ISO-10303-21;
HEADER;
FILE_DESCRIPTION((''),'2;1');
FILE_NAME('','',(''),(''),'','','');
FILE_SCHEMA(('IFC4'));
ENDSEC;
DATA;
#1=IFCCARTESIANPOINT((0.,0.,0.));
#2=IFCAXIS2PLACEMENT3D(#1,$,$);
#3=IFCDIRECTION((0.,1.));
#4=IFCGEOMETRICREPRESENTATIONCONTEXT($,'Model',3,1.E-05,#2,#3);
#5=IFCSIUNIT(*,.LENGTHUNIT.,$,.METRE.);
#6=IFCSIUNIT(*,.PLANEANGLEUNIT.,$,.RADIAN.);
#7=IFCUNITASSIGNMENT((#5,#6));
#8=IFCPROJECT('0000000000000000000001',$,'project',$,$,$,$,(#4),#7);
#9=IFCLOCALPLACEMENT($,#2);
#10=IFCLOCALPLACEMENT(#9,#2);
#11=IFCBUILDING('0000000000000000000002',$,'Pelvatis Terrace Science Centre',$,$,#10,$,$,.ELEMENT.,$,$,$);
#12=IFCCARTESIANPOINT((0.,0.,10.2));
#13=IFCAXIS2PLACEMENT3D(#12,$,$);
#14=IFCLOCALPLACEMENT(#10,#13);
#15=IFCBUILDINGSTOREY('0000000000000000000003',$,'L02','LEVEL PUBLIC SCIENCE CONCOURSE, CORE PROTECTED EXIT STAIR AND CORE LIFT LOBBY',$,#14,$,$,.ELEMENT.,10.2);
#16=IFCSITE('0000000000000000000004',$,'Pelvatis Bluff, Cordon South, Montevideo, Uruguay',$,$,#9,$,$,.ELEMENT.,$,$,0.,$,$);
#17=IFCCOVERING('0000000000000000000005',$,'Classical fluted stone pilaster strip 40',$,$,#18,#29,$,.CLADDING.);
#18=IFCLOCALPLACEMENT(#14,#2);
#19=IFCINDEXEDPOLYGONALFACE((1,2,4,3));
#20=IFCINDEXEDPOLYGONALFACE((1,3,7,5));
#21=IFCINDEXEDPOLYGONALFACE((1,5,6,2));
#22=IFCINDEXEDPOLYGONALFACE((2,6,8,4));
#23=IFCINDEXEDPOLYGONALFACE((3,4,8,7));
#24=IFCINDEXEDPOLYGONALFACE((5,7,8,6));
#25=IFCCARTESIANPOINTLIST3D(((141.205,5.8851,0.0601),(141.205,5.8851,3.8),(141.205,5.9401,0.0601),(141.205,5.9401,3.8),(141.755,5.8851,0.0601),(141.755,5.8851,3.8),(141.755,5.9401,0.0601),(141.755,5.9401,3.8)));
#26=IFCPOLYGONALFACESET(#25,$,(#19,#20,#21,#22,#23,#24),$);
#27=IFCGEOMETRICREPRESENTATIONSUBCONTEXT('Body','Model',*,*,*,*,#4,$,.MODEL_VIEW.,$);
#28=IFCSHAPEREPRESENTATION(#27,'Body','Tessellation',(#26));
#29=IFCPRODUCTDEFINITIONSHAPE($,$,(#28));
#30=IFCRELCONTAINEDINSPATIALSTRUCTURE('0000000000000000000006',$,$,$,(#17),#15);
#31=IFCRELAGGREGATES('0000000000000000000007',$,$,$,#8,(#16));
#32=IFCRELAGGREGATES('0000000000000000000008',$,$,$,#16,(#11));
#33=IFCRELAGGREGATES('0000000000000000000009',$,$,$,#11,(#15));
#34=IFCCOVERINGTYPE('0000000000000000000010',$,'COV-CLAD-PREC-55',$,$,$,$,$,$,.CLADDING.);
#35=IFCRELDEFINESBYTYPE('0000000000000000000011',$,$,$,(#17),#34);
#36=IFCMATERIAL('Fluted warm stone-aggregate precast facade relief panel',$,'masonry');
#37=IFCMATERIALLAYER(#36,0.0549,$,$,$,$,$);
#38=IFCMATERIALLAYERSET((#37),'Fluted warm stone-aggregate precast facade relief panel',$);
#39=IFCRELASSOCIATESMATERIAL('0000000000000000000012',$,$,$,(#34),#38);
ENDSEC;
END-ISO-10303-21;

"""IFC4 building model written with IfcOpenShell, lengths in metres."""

from ifc_helpers import new_model, si_unit, direction, frame, origin, origin_2d, place, context, subcontext, project, spatial, rectangle, extrude, material, layer, layer_set, type_object, element, save


model = new_model("IFC4")

# Units and contexts
model_context = context("Model", 3, precision=1e-05, world=origin(), true_north=direction((0.0, 1.0)))
body_context = subcontext(model_context, "Body", "Model", "MODEL_VIEW")
ifc_project = project(units=[si_unit("LENGTHUNIT", "METRE"), si_unit("PLANEANGLEUNIT", "RADIAN")], contexts=[model_context])

# Site, building, storey
site_placement = place(None, origin())
site = spatial("IfcSite", under=ifc_project, at=site_placement, Name="Pelvatis Bluff, Cordon South, Montevideo, Uruguay", CompositionType="ELEMENT", RefElevation=0.0)
building_placement = place(site_placement, origin())
building = spatial("IfcBuilding", under=site, at=building_placement, Name="Pelvatis Terrace Science Centre", CompositionType="ELEMENT")
storey_placement = place(building_placement, frame((0.0, 0.0, 10.2)))
storey = spatial("IfcBuildingStorey", under=building, at=storey_placement, Name="L02", Description="LEVEL PUBLIC SCIENCE CONCOURSE, CORE PROTECTED EXIT STAIR AND CORE LIFT LOBBY", CompositionType="ELEMENT", Elevation=10.2)

# Covering
ifc_material_1 = material(Name="Fluted warm stone-aggregate precast facade relief panel", Category="masonry")
ifc_layer_1 = layer(ifc_material_1, 0.0549)
ifc_layer_set_1 = layer_set([ifc_layer_1], Name="Fluted warm stone-aggregate precast facade relief panel")
covering_type = type_object("IfcCoveringType", Name="COV-CLAD-PREC-55", PredefinedType="CLADDING", material=ifc_layer_set_1)
covering_placement = place(storey_placement, frame((141.48, 5.9126, 0.0601), z_axis=(0.0, 0.0, 1.0), x_axis=(1.0, 0.0, 0.0)))
element("IfcCovering", 1, at=covering_placement, inside=storey, type_object=covering_type, Name="Classical fluted stone pilaster strip 40", PredefinedType="CLADDING", context=body_context, shape_type="SweptSolid", body=[
    extrude(rectangle(XDim=0.55, YDim=0.0549, at=origin_2d()), origin(), (0.0, 0.0, 1.0), 3.74),
])

save(model, "model.ifc")
